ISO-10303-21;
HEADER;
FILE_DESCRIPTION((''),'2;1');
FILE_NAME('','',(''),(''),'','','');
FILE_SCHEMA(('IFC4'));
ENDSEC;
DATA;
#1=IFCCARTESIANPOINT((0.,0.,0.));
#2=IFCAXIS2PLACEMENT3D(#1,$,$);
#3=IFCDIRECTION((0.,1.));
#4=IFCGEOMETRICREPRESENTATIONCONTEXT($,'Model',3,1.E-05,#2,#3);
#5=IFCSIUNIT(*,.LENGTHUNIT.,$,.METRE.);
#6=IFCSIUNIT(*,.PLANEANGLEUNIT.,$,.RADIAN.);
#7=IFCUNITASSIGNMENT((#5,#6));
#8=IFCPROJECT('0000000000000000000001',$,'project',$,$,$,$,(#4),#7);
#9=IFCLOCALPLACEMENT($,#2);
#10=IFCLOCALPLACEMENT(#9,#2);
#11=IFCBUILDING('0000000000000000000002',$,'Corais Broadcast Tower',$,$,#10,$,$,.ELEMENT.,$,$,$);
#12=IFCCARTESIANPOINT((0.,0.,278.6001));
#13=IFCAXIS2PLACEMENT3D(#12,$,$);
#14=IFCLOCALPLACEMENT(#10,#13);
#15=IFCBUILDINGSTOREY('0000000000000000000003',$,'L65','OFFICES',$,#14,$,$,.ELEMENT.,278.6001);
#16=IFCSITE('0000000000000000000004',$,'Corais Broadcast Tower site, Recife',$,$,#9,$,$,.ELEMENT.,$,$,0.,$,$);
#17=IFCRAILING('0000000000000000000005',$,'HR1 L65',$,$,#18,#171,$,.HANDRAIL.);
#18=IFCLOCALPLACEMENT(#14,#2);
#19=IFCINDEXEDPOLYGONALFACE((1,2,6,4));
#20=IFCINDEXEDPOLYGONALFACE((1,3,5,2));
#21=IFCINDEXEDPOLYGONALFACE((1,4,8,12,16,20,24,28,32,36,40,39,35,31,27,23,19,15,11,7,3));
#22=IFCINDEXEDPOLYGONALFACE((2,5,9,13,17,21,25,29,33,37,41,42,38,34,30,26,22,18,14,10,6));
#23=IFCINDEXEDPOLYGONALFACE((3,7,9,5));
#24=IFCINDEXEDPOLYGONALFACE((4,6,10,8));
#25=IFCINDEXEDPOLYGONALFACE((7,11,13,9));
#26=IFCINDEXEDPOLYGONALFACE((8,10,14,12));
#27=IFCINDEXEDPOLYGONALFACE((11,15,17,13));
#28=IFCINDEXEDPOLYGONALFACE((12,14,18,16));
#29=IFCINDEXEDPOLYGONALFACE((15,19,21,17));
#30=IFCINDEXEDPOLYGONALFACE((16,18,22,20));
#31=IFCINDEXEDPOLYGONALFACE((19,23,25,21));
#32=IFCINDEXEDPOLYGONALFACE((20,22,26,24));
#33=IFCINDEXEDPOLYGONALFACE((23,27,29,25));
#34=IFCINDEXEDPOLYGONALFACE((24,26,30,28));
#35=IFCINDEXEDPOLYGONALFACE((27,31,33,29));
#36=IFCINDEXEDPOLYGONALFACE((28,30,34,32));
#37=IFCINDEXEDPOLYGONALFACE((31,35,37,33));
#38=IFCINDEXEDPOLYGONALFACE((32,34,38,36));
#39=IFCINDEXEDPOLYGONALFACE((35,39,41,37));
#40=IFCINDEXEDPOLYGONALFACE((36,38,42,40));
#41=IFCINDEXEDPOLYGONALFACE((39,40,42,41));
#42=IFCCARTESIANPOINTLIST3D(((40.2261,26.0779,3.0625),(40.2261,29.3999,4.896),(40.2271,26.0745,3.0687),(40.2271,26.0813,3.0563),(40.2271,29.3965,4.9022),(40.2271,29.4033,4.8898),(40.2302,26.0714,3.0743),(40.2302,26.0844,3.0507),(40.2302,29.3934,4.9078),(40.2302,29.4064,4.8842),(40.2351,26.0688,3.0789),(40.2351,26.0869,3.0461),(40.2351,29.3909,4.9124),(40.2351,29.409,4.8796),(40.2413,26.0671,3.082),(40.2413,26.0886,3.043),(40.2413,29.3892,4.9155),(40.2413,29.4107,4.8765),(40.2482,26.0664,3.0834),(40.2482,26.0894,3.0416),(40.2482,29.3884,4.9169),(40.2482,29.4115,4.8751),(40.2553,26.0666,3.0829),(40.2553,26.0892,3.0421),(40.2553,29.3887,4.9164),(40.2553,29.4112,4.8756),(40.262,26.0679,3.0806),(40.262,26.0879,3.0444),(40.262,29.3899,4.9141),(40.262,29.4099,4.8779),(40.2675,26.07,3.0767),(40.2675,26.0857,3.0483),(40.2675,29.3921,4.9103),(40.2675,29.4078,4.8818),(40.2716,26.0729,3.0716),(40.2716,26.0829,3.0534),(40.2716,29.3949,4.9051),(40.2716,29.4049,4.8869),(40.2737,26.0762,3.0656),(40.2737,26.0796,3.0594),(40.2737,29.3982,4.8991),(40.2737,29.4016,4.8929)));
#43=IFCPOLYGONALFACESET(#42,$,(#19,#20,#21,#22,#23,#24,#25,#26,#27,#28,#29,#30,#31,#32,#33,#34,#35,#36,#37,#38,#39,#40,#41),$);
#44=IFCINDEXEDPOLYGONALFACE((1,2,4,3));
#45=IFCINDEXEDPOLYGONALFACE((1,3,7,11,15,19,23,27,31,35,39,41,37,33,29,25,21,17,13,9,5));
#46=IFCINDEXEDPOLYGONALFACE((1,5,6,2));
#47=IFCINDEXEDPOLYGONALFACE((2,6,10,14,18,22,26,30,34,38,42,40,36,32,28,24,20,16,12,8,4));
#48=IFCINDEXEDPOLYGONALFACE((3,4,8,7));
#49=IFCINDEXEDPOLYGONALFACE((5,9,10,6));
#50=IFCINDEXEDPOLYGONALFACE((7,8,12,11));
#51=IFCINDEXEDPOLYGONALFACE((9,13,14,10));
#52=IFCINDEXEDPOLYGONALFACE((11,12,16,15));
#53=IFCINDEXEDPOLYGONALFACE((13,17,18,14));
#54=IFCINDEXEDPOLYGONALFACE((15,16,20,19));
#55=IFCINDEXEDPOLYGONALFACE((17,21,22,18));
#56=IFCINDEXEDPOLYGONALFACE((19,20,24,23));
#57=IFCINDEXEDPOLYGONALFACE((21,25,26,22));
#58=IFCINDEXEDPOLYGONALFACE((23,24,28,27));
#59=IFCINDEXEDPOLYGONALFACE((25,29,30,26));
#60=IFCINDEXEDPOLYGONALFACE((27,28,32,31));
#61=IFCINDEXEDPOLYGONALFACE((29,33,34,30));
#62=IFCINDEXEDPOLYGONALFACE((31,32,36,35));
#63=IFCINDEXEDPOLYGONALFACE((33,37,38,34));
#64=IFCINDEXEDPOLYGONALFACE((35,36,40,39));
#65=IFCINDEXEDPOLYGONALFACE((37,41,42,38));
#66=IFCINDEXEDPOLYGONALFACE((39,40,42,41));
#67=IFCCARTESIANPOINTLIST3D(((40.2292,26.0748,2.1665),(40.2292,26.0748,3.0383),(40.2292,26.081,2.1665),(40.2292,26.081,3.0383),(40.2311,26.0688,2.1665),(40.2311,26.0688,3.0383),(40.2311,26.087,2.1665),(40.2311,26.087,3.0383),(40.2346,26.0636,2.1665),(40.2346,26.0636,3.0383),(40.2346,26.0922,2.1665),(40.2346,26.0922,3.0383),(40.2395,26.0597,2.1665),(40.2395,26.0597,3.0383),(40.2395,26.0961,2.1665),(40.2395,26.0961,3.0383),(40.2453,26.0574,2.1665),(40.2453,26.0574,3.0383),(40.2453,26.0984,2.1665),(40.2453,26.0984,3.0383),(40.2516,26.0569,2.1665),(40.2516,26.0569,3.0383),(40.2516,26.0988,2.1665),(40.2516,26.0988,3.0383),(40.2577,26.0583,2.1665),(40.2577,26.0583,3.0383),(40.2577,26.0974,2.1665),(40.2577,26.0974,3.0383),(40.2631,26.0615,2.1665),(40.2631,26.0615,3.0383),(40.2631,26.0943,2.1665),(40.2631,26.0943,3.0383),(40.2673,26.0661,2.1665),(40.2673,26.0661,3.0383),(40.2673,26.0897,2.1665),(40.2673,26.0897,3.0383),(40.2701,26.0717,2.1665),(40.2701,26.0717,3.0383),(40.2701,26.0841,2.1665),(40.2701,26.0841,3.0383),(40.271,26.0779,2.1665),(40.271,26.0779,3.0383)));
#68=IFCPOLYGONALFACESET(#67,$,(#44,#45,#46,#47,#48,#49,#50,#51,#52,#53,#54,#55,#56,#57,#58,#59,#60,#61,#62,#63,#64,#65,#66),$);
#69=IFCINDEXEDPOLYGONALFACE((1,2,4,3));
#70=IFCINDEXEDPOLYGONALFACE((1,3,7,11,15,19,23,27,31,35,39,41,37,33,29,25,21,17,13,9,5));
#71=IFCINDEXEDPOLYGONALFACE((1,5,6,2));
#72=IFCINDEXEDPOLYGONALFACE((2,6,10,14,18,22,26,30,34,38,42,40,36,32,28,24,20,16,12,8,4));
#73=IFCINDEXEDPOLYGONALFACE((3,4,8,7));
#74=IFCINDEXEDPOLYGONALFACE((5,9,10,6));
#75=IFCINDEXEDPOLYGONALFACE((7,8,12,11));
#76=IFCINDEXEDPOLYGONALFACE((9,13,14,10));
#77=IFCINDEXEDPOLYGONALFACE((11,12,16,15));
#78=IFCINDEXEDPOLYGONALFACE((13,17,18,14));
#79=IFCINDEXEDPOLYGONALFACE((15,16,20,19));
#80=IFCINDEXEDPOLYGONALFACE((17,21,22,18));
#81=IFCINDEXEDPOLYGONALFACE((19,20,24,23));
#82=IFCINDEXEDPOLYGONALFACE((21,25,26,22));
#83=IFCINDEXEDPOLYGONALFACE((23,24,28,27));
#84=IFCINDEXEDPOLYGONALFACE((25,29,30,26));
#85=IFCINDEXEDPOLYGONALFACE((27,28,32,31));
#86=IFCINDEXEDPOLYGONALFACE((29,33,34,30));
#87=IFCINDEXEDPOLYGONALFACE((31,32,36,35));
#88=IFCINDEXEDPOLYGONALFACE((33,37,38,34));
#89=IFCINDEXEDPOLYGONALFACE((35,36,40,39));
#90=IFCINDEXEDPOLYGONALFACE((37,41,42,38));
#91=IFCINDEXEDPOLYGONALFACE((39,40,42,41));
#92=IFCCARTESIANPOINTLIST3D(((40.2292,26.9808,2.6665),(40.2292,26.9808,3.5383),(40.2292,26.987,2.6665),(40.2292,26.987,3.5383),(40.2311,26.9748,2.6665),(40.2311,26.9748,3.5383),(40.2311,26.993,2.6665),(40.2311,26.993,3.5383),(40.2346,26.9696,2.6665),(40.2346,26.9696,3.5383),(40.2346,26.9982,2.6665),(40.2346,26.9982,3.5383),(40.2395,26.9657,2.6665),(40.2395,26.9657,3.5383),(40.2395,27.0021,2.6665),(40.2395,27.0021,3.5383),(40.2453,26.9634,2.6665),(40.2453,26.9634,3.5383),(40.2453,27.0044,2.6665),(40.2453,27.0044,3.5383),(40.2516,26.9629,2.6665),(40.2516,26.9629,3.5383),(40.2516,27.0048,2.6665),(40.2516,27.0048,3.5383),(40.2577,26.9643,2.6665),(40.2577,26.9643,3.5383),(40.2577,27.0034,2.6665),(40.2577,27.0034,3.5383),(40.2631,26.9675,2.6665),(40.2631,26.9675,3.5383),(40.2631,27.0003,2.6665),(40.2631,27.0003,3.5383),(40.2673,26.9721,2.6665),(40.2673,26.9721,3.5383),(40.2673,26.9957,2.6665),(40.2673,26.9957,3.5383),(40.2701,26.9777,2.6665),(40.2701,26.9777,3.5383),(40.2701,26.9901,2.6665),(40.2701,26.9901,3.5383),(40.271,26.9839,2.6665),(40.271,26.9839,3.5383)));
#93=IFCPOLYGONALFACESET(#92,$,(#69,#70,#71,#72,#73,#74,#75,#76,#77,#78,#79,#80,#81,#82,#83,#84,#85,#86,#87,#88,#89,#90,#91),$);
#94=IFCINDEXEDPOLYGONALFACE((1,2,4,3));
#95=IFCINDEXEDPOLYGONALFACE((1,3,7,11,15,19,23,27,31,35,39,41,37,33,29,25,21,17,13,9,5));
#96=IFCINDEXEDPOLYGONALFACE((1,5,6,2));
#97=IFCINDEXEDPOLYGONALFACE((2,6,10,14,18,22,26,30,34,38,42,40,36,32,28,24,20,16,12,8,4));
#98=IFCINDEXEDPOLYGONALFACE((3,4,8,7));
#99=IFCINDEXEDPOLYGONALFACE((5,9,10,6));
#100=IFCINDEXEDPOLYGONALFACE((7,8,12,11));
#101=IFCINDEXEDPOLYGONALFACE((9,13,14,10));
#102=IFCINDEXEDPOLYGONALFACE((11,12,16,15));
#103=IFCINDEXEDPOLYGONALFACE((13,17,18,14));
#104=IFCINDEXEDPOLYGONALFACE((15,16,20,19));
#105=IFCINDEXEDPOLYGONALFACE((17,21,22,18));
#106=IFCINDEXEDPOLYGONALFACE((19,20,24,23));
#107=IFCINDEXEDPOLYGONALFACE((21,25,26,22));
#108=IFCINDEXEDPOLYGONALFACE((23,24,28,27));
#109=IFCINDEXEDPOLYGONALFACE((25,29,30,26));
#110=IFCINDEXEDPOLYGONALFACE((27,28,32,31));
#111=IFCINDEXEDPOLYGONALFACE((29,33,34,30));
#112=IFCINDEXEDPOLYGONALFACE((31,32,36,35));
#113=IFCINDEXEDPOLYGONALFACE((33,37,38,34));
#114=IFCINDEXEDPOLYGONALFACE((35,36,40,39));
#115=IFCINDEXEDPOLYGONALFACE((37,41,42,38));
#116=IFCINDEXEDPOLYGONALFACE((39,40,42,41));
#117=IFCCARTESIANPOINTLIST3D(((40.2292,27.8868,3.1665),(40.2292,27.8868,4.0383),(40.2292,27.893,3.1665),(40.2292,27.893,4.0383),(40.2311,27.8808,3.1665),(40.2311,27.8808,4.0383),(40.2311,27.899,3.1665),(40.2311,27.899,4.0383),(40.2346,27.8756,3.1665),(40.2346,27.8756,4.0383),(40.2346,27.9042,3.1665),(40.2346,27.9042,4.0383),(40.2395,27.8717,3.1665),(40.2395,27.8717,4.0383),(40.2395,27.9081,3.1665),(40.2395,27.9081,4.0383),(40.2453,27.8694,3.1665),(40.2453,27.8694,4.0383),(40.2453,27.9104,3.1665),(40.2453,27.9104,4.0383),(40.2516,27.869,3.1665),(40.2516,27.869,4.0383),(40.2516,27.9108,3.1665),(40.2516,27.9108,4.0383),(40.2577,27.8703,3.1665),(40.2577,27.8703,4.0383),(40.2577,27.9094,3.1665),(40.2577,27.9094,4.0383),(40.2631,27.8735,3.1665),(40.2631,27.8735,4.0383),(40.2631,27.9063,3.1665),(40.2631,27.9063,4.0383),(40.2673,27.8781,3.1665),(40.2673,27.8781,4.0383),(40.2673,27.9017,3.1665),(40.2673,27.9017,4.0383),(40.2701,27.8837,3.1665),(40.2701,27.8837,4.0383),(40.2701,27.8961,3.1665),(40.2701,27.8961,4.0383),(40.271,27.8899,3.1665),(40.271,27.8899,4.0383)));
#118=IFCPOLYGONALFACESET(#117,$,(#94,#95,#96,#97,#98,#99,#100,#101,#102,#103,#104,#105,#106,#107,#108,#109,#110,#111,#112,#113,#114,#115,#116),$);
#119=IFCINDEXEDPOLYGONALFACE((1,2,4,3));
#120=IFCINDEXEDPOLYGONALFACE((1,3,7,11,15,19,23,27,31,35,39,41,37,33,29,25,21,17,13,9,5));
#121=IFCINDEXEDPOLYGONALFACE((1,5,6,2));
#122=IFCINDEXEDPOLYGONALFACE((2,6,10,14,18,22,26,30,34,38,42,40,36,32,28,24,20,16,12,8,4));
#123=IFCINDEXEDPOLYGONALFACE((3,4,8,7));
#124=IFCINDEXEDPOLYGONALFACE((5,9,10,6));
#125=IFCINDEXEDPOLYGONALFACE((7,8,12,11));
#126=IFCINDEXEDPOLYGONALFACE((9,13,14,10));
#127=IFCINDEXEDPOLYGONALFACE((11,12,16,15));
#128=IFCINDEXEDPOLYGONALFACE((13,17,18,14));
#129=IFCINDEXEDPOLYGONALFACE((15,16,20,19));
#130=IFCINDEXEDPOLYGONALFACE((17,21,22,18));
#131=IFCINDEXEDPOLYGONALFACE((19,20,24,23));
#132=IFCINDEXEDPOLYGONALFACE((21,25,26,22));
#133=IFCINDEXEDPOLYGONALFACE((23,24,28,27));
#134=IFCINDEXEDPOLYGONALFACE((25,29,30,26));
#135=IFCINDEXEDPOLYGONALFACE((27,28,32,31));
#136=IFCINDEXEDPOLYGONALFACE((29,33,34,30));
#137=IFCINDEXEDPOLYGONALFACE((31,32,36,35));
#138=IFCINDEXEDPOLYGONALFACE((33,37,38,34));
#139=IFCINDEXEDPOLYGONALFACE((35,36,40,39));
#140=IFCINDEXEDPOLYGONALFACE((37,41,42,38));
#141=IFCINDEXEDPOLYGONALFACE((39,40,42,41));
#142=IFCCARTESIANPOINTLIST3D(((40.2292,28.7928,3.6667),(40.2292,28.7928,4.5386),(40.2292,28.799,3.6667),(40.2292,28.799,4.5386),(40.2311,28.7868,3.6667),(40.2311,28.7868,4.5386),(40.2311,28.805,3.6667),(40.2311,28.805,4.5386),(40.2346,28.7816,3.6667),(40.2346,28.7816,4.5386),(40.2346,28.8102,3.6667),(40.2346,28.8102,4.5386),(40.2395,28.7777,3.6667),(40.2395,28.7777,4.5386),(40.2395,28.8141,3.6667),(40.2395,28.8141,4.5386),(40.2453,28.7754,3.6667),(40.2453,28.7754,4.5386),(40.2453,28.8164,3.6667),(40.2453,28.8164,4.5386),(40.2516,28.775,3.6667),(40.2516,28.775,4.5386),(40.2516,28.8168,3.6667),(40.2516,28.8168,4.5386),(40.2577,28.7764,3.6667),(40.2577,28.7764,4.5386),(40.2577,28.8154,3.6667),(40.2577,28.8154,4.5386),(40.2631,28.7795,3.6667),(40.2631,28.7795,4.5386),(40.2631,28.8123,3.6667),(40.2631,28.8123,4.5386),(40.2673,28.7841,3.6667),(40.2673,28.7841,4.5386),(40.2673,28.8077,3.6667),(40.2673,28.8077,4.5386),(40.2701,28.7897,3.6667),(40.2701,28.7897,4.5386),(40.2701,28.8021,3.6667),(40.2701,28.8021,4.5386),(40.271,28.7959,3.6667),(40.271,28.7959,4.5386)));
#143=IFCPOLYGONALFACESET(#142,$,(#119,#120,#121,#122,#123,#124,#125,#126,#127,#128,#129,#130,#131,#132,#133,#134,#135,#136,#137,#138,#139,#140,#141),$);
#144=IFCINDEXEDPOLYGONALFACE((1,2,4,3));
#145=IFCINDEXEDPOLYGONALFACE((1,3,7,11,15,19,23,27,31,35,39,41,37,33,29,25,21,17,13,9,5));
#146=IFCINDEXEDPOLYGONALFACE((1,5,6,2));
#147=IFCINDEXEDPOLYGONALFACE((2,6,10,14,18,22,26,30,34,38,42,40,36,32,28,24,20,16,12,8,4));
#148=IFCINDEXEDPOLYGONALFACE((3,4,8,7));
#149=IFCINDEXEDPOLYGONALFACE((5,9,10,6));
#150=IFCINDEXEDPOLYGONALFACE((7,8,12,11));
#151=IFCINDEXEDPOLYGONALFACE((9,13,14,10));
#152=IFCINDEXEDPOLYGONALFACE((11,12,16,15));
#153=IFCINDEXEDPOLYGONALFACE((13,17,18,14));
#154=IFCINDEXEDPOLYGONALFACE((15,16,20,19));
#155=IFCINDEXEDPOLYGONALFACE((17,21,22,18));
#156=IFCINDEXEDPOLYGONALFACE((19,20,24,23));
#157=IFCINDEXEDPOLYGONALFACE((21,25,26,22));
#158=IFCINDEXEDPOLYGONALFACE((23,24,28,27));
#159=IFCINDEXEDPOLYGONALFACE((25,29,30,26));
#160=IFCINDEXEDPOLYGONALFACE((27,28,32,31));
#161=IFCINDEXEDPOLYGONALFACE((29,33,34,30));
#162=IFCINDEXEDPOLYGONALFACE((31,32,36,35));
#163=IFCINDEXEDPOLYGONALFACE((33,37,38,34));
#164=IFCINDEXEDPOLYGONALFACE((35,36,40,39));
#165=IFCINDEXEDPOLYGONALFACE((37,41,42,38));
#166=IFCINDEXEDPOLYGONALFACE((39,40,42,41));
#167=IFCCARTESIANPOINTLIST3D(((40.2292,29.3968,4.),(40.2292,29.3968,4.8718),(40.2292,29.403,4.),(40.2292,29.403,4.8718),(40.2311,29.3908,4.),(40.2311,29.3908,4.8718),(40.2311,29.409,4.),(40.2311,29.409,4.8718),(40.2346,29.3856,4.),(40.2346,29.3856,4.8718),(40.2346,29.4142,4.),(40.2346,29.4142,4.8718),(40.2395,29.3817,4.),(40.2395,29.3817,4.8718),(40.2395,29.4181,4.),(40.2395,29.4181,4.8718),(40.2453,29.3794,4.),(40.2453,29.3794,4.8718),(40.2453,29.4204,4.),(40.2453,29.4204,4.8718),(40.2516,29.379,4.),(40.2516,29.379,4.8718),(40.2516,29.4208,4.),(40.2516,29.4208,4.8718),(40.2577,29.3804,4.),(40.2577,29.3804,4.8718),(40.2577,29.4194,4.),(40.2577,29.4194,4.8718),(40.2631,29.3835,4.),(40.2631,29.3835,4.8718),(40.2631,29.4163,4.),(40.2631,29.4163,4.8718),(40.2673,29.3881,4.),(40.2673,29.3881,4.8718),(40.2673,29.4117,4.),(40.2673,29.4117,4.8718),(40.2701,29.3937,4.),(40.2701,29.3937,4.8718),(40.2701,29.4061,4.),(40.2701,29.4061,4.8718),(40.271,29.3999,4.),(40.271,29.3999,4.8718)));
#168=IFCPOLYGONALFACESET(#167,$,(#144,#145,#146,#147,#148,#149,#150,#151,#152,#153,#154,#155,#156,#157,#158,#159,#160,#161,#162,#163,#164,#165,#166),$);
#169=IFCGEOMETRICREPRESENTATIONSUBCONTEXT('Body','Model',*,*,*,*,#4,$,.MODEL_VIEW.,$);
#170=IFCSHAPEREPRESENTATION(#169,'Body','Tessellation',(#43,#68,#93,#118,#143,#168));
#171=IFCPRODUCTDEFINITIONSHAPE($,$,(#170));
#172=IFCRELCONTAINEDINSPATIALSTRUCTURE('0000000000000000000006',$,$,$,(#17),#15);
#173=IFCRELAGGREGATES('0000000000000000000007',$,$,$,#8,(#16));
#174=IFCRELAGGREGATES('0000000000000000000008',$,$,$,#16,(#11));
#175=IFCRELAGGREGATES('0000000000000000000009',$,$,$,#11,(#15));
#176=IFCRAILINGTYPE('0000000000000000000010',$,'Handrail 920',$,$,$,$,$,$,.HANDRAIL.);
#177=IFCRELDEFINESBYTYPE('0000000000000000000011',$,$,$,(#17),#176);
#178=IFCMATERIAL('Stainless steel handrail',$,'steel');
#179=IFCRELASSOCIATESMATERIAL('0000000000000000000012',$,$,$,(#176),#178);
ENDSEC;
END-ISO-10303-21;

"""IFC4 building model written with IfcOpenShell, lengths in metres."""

from ifc_helpers import new_model, si_unit, direction, frame, origin, origin_2d, place, context, subcontext, project, spatial, circle, extrude, material, type_object, element, save


model = new_model("IFC4")

# Units and contexts
model_context = context("Model", 3, precision=1e-05, world=origin(), true_north=direction((0.0, 1.0)))
body_context = subcontext(model_context, "Body", "Model", "MODEL_VIEW")
ifc_project = project(units=[si_unit("LENGTHUNIT", "METRE"), si_unit("PLANEANGLEUNIT", "RADIAN")], contexts=[model_context])

# Site, building, storey
site_placement = place(None, origin())
site = spatial("IfcSite", under=ifc_project, at=site_placement, Name="Corais Broadcast Tower site, Recife", CompositionType="ELEMENT", RefElevation=0.0)
building_placement = place(site_placement, origin())
building = spatial("IfcBuilding", under=site, at=building_placement, Name="Corais Broadcast Tower", CompositionType="ELEMENT")
storey_placement = place(building_placement, frame((0.0, 0.0, 278.6001)))
storey = spatial("IfcBuildingStorey", under=building, at=storey_placement, Name="L65", Description="OFFICES", CompositionType="ELEMENT", Elevation=278.6001)

# Railing
ifc_material_1 = material(Name="Stainless steel handrail", Category="steel")
railing_type = type_object("IfcRailingType", Name="Handrail 920", PredefinedType="HANDRAIL", material=ifc_material_1)
for number, where, name in (
    (1, (40.25, 26.0779, 2.1665), "HR1 L65"),
):
    element("IfcRailing", number, at=place(storey_placement, frame(where)), inside=storey, type_object=railing_type, Name=name, PredefinedType="HANDRAIL", context=body_context, shape_type="SweptSolid", body=[
        extrude(circle(Radius=0.0239, at=origin_2d()), frame((0.0, 0.0, 0.896), z_axis=(0.0, 0.875504, 0.48321), x_axis=(-1.0, 0.0, 0.0)), (0.0, 0.0, 1.0), 3.7944),
        extrude(circle(Radius=0.021, at=origin_2d()), origin(), (0.0, 0.0, 1.0), 0.8718),
        extrude(circle(Radius=0.021, at=origin_2d()), frame((0.0, 0.906, 0.5)), (0.0, 0.0, 1.0), 0.8718),
        extrude(circle(Radius=0.021, at=origin_2d()), frame((0.0, 1.812, 1.0)), (0.0, 0.0, 1.0), 0.8718),
        extrude(circle(Radius=0.021, at=origin_2d()), frame((0.0, 2.718, 1.5002)), (0.0, 0.0, 1.0), 0.8718),
        extrude(circle(Radius=0.021, at=origin_2d()), frame((0.0, 3.322, 1.8335)), (0.0, 0.0, 1.0), 0.8718),
    ])

save(model, "model.ifc")
